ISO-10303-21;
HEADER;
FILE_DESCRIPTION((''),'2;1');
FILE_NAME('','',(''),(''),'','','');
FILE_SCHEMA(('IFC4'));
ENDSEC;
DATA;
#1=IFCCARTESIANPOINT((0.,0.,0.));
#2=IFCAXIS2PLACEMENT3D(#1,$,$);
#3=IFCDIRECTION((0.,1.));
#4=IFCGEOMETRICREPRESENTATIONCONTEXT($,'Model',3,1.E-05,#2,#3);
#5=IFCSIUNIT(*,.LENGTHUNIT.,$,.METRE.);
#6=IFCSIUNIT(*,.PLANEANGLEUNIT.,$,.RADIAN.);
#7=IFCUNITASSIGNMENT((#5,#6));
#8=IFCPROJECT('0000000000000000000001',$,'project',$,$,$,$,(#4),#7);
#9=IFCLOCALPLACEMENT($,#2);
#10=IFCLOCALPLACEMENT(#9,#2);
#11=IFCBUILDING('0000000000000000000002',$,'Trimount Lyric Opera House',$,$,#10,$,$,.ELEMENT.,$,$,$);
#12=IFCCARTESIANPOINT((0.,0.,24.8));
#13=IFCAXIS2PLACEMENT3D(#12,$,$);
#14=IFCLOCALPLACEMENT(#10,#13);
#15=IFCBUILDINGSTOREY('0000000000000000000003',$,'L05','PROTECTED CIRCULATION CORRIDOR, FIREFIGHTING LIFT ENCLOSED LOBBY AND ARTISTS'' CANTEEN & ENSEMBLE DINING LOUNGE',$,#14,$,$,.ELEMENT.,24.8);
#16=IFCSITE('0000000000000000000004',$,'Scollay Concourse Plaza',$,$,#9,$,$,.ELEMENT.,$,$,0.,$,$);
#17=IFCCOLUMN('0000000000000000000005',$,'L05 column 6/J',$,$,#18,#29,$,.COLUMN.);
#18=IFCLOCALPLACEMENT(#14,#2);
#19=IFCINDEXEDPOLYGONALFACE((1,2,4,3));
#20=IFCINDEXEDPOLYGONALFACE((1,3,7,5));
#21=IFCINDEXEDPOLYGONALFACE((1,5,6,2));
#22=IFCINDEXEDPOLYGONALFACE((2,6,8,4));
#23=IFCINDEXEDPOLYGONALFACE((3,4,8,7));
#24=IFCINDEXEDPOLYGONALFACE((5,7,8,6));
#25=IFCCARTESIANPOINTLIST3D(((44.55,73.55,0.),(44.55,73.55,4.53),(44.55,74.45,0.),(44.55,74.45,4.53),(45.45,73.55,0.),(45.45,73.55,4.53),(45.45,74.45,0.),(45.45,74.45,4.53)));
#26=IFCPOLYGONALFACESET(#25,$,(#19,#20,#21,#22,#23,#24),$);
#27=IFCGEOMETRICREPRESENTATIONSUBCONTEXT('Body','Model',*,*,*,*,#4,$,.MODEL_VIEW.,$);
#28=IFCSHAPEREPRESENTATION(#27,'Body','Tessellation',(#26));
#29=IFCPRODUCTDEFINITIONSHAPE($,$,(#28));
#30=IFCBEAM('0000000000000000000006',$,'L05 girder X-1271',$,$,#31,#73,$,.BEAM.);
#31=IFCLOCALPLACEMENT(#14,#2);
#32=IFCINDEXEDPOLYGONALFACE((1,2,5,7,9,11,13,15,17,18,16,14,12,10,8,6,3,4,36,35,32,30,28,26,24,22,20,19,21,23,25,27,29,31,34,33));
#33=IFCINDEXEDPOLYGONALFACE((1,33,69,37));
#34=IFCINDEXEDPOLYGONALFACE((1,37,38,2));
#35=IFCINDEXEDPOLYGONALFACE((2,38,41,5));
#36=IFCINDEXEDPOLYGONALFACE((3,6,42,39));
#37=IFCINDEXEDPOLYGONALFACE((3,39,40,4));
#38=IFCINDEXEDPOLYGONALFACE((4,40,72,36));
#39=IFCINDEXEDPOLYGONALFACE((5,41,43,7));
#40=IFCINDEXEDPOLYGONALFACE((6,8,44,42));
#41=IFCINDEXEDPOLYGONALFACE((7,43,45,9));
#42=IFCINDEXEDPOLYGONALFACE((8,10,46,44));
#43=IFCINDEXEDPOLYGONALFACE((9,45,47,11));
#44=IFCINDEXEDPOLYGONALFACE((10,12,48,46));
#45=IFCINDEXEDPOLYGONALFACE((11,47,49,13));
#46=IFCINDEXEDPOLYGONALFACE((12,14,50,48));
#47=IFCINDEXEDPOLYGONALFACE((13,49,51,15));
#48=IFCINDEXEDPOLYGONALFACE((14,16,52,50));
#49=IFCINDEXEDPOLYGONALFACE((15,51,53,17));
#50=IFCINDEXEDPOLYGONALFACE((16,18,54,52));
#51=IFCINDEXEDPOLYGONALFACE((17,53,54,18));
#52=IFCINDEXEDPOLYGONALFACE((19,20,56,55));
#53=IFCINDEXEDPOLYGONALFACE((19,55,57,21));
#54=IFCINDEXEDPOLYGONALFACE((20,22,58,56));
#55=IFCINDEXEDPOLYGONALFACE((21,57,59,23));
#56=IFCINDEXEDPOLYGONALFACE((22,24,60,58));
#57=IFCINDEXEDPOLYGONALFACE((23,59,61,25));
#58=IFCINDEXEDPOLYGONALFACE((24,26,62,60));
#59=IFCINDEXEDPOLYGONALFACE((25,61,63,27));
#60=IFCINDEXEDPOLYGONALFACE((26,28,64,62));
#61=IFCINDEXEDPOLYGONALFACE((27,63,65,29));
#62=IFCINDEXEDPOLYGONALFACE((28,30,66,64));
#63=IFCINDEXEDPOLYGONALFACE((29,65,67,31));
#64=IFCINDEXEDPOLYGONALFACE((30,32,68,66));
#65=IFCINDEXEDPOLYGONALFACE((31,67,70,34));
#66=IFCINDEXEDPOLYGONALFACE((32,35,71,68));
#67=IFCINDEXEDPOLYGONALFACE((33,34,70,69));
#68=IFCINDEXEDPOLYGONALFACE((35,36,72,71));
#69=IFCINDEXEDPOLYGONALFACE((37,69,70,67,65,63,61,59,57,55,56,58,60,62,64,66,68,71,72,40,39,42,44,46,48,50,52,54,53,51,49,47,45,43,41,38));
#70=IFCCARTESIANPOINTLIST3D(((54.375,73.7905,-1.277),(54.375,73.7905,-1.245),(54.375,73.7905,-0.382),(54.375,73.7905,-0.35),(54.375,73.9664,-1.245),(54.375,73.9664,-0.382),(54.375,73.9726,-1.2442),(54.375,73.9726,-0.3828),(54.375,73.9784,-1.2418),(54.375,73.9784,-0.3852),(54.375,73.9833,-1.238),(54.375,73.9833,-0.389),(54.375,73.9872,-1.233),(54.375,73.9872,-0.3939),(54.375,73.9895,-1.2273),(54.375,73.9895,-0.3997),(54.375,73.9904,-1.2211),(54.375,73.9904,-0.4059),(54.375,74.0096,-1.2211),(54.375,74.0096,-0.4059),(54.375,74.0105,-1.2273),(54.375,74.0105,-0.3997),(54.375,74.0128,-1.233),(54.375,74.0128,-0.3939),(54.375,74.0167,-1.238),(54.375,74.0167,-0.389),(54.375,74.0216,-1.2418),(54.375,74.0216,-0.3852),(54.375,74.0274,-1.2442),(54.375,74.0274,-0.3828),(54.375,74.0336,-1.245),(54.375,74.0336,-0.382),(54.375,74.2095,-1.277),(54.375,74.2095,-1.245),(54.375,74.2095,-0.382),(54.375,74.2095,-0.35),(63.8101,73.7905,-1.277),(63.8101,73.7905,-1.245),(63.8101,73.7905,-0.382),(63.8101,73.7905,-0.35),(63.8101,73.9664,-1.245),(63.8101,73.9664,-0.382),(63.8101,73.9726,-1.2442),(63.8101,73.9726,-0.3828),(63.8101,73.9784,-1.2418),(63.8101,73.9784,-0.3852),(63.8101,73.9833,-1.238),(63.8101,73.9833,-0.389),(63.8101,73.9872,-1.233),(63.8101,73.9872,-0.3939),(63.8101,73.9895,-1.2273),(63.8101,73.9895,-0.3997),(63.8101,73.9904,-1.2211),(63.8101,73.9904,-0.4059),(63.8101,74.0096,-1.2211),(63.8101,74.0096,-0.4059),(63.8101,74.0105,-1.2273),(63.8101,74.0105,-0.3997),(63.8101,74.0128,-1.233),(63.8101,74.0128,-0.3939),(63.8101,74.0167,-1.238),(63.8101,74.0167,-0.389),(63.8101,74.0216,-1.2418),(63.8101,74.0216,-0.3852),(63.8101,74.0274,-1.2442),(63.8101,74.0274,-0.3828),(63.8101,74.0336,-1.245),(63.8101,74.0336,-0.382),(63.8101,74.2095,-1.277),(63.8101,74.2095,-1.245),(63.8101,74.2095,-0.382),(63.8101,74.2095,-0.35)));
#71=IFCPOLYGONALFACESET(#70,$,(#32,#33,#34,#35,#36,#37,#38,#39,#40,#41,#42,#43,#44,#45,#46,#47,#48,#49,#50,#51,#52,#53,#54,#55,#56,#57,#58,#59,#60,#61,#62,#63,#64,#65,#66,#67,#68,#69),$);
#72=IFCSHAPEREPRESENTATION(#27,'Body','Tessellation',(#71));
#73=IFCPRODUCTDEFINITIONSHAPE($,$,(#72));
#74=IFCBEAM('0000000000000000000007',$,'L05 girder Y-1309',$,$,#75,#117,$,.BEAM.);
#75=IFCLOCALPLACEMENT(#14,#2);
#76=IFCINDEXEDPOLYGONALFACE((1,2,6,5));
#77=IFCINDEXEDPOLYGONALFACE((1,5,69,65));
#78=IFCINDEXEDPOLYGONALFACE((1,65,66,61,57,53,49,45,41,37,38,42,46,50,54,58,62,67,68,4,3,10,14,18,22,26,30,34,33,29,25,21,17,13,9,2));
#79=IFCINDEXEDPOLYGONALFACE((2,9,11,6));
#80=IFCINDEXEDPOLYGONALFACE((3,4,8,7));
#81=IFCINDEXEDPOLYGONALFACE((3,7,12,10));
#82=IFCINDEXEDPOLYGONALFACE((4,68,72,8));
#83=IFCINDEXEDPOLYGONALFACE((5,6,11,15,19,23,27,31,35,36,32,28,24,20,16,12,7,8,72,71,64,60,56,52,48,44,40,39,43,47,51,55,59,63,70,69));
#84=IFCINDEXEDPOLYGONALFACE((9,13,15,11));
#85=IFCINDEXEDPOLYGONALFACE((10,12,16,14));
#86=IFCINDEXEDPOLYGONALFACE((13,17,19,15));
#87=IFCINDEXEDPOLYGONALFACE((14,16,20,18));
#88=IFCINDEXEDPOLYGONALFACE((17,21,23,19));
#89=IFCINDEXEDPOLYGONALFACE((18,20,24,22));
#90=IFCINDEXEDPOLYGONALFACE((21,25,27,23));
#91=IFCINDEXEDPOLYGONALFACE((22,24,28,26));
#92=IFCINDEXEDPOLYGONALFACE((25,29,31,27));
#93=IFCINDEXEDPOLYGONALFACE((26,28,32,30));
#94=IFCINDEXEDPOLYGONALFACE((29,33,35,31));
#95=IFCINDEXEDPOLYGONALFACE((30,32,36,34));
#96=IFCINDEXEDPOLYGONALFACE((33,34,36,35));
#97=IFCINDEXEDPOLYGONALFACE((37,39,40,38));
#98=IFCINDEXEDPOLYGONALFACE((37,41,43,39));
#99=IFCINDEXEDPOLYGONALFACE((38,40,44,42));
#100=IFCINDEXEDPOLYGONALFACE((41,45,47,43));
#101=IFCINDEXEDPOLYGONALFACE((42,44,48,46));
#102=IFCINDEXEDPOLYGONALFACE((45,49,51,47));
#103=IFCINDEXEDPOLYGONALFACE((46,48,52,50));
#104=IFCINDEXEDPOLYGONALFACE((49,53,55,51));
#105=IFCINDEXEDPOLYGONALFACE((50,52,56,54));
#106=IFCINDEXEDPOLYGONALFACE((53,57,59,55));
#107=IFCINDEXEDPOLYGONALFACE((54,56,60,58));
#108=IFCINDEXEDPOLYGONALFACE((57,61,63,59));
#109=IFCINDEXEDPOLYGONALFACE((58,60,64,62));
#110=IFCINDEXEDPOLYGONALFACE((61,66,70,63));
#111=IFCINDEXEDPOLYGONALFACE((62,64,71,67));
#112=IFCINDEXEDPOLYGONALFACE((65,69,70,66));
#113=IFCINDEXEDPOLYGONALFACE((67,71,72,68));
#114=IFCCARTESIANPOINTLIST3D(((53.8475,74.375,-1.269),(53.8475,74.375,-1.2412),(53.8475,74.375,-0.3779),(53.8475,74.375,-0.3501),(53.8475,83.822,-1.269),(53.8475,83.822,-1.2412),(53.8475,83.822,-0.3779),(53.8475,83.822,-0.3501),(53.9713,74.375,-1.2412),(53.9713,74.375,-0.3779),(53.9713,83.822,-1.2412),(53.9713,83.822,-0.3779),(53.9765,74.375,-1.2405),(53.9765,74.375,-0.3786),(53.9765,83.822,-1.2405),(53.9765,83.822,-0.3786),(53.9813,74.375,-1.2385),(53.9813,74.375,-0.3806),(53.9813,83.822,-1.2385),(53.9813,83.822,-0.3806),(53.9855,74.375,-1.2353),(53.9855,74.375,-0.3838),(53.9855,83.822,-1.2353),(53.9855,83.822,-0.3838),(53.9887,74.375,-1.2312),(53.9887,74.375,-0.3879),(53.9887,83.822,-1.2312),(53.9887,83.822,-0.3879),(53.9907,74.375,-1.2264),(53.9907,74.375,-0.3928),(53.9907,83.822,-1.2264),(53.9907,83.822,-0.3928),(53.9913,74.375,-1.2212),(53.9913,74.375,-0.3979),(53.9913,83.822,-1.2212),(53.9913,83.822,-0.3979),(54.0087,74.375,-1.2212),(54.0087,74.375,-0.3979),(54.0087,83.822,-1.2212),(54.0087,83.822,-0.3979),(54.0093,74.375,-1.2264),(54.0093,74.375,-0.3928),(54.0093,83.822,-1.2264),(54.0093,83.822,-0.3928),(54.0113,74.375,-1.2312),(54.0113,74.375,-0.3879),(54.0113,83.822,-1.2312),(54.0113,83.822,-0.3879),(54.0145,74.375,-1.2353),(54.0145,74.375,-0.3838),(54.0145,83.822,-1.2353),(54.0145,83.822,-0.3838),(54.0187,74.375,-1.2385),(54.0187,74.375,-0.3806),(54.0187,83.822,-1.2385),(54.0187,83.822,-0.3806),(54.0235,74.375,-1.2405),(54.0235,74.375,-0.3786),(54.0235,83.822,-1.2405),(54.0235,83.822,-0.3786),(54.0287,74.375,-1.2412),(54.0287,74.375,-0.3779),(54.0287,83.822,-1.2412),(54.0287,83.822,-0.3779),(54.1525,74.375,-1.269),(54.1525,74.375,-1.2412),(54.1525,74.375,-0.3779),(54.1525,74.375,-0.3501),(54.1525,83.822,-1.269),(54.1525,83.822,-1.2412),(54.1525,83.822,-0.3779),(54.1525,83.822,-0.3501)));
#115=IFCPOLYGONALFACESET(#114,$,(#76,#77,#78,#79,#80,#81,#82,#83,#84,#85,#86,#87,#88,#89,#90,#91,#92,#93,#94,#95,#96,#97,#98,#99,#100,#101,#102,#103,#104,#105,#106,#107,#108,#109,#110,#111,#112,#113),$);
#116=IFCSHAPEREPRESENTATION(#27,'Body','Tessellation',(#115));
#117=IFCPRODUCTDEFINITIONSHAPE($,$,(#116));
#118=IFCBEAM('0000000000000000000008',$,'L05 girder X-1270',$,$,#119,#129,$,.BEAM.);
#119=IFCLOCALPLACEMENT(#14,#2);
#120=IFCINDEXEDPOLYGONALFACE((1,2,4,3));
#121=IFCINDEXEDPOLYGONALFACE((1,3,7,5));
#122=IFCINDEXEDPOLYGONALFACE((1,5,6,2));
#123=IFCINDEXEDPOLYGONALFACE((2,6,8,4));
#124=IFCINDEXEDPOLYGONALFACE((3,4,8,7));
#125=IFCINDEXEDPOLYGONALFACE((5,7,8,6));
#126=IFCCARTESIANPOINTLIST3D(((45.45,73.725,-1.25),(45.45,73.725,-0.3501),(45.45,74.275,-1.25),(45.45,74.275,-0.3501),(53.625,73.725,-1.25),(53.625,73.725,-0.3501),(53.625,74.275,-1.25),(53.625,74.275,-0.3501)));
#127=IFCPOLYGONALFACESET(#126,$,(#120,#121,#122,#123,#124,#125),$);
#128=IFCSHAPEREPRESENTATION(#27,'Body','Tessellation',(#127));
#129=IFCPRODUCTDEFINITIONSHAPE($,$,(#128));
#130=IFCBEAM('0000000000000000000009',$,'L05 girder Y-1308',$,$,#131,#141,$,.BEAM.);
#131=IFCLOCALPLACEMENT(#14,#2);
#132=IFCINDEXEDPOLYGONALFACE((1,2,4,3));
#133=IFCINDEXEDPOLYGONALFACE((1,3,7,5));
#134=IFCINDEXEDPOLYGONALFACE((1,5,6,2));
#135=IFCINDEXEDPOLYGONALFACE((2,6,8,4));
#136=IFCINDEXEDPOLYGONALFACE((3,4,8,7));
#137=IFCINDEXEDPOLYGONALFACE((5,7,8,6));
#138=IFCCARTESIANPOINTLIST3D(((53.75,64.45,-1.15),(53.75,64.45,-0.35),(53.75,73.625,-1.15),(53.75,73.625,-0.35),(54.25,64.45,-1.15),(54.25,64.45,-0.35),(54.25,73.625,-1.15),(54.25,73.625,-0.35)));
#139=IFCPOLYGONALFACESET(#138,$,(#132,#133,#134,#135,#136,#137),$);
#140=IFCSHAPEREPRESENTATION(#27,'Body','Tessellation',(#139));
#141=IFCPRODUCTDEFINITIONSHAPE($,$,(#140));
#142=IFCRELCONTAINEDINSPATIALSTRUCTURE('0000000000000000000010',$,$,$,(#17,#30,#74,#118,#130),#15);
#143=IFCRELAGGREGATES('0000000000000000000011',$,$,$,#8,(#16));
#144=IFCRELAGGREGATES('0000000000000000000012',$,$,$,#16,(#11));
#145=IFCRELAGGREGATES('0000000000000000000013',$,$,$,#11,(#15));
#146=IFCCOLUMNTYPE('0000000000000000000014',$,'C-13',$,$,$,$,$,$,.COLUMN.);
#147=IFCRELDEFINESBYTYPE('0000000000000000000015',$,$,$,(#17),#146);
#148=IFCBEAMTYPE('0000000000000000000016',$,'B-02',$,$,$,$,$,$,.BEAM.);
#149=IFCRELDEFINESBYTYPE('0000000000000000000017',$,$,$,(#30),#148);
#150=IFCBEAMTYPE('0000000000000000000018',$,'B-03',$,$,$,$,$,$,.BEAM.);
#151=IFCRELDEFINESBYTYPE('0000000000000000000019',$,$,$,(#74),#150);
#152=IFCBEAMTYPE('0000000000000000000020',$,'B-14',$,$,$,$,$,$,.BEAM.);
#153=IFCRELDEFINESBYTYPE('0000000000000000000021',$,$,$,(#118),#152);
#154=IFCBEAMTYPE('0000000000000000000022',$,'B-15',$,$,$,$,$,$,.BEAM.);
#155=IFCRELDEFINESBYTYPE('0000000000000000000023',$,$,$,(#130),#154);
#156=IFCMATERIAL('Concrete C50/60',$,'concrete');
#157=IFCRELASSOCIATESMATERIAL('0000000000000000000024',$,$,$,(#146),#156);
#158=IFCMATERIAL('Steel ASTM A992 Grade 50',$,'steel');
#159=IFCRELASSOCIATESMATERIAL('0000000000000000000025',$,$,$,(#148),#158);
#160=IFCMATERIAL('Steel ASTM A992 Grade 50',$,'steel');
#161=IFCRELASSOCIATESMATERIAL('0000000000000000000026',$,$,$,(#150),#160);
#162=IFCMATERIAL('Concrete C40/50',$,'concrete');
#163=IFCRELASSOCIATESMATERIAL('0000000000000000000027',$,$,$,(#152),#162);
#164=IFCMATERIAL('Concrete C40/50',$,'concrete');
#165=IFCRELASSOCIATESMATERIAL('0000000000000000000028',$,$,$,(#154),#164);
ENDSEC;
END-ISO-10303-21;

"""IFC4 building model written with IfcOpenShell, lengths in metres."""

from ifc_helpers import new_model, si_unit, direction, frame, origin, origin_2d, place, context, subcontext, project, spatial, rectangle, i_section, extrude, material, material_profile, profile_set, type_object, element, save


model = new_model("IFC4")

# Units and contexts
model_context = context("Model", 3, precision=1e-05, world=origin(), true_north=direction((0.0, 1.0)))
body_context = subcontext(model_context, "Body", "Model", "MODEL_VIEW")
ifc_project = project(units=[si_unit("LENGTHUNIT", "METRE"), si_unit("PLANEANGLEUNIT", "RADIAN")], contexts=[model_context])

# Site, building, storey
site_placement = place(None, origin())
site = spatial("IfcSite", under=ifc_project, at=site_placement, Name="Scollay Concourse Plaza", CompositionType="ELEMENT", RefElevation=0.0)
building_placement = place(site_placement, origin())
building = spatial("IfcBuilding", under=site, at=building_placement, Name="Trimount Lyric Opera House", CompositionType="ELEMENT")
storey_placement = place(building_placement, frame((0.0, 0.0, 24.8)))
storey = spatial("IfcBuildingStorey", under=building, at=storey_placement, Name="L05", Description="PROTECTED CIRCULATION CORRIDOR, FIREFIGHTING LIFT ENCLOSED LOBBY AND ARTISTS' CANTEEN & ENSEMBLE DINING LOUNGE", CompositionType="ELEMENT", Elevation=24.8)

# Column
ifc_material_1 = material(Name="Concrete C50/60", Category="concrete")
ifc_material_profile_1 = material_profile(ifc_material_1, rectangle(XDim=0.8999, YDim=0.8999, at=origin_2d()), Name="RC900X900")
ifc_profile_set_1 = profile_set([ifc_material_profile_1], Name="Concrete C50/60")
column_type = type_object("IfcColumnType", Name="C-13", PredefinedType="COLUMN", material=ifc_profile_set_1)
column_placement = place(storey_placement, frame((45.0, 74.0, 0.0), z_axis=(0.0, 0.0, 1.0), x_axis=(1.0, 0.0, 0.0)))
element("IfcColumn", 1, at=column_placement, inside=storey, type_object=column_type, Name="L05 column 6/J", PredefinedType="COLUMN", context=body_context, shape_type="SweptSolid", body=[
    extrude(rectangle(XDim=0.8999, YDim=0.8999, at=origin_2d()), origin(), (0.0, 0.0, 1.0), 4.53),
])

# Beams
ifc_material_2 = material(Name="Steel ASTM A992 Grade 50", Category="steel")
ifc_material_profile_2 = material_profile(ifc_material_2, i_section(OverallWidth=0.4189, OverallDepth=0.927, WebThickness=0.0193, FlangeThickness=0.032, FilletRadius=0.0239, at=origin_2d()), Name="W36X231")
ifc_profile_set_2 = profile_set([ifc_material_profile_2], Name="Steel ASTM A992 Grade 50")
beam_type_1 = type_object("IfcBeamType", Name="B-02", PredefinedType="BEAM", material=ifc_profile_set_2)
beam_1_placement = place(storey_placement, frame((54.375, 74.0, -0.8135), z_axis=(1.0, 0.0, 0.0), x_axis=(0.0, 1.0, 0.0)))
element("IfcBeam", 2, at=beam_1_placement, inside=storey, type_object=beam_type_1, Name="L05 girder X-1271", PredefinedType="BEAM", context=body_context, shape_type="SweptSolid", body=[
    extrude(i_section(OverallWidth=0.4189, OverallDepth=0.927, WebThickness=0.0193, FlangeThickness=0.032, FilletRadius=0.0239, at=origin_2d()), origin(), (0.0, 0.0, 1.0), 9.4351),
])
ifc_material_3 = material(Name="Steel ASTM A992 Grade 50", Category="steel")
ifc_material_profile_3 = material_profile(ifc_material_3, i_section(OverallWidth=0.3049, OverallDepth=0.9189, WebThickness=0.0173, FlangeThickness=0.0278, FilletRadius=0.02, at=origin_2d()), Name="W36X170")
ifc_profile_set_3 = profile_set([ifc_material_profile_3], Name="Steel ASTM A992 Grade 50")
beam_type_2 = type_object("IfcBeamType", Name="B-03", PredefinedType="BEAM", material=ifc_profile_set_3)
beam_2_placement = place(storey_placement, frame((54.0, 74.375, -0.8096), z_axis=(0.0, 1.0, 0.0), x_axis=(-1.0, 0.0, 0.0)))
element("IfcBeam", 3, at=beam_2_placement, inside=storey, type_object=beam_type_2, Name="L05 girder Y-1309", PredefinedType="BEAM", context=body_context, shape_type="SweptSolid", body=[
    extrude(i_section(OverallWidth=0.3049, OverallDepth=0.9189, WebThickness=0.0173, FlangeThickness=0.0278, FilletRadius=0.02, at=origin_2d()), origin(), (0.0, 0.0, 1.0), 9.447),
])
ifc_material_4 = material(Name="Concrete C40/50", Category="concrete")
ifc_material_profile_4 = material_profile(ifc_material_4, rectangle(XDim=0.55, YDim=0.8999, at=origin_2d()), Name="RC550X900")
ifc_profile_set_4 = profile_set([ifc_material_profile_4], Name="Concrete C40/50")
beam_type_3 = type_object("IfcBeamType", Name="B-14", PredefinedType="BEAM", material=ifc_profile_set_4)
beam_3_placement = place(storey_placement, frame((45.45, 74.0, -0.8), z_axis=(1.0, 0.0, 0.0), x_axis=(0.0, 1.0, 0.0)))
element("IfcBeam", 4, at=beam_3_placement, inside=storey, type_object=beam_type_3, Name="L05 girder X-1270", PredefinedType="BEAM", context=body_context, shape_type="SweptSolid", body=[
    extrude(rectangle(XDim=0.55, YDim=0.8999, at=origin_2d()), origin(), (0.0, 0.0, 1.0), 8.175),
])
ifc_material_5 = material(Name="Concrete C40/50", Category="concrete")
ifc_material_profile_5 = material_profile(ifc_material_5, rectangle(XDim=0.5, YDim=0.8, at=origin_2d()), Name="RC500X800")
ifc_profile_set_5 = profile_set([ifc_material_profile_5], Name="Concrete C40/50")
beam_type_4 = type_object("IfcBeamType", Name="B-15", PredefinedType="BEAM", material=ifc_profile_set_5)
beam_4_placement = place(storey_placement, frame((54.0, 64.45, -0.75), z_axis=(0.0, 1.0, 0.0), x_axis=(-1.0, 0.0, 0.0)))
element("IfcBeam", 5, at=beam_4_placement, inside=storey, type_object=beam_type_4, Name="L05 girder Y-1308", PredefinedType="BEAM", context=body_context, shape_type="SweptSolid", body=[
    extrude(rectangle(XDim=0.5, YDim=0.8, at=origin_2d()), origin(), (0.0, 0.0, 1.0), 9.175),
])

save(model, "model.ifc")
